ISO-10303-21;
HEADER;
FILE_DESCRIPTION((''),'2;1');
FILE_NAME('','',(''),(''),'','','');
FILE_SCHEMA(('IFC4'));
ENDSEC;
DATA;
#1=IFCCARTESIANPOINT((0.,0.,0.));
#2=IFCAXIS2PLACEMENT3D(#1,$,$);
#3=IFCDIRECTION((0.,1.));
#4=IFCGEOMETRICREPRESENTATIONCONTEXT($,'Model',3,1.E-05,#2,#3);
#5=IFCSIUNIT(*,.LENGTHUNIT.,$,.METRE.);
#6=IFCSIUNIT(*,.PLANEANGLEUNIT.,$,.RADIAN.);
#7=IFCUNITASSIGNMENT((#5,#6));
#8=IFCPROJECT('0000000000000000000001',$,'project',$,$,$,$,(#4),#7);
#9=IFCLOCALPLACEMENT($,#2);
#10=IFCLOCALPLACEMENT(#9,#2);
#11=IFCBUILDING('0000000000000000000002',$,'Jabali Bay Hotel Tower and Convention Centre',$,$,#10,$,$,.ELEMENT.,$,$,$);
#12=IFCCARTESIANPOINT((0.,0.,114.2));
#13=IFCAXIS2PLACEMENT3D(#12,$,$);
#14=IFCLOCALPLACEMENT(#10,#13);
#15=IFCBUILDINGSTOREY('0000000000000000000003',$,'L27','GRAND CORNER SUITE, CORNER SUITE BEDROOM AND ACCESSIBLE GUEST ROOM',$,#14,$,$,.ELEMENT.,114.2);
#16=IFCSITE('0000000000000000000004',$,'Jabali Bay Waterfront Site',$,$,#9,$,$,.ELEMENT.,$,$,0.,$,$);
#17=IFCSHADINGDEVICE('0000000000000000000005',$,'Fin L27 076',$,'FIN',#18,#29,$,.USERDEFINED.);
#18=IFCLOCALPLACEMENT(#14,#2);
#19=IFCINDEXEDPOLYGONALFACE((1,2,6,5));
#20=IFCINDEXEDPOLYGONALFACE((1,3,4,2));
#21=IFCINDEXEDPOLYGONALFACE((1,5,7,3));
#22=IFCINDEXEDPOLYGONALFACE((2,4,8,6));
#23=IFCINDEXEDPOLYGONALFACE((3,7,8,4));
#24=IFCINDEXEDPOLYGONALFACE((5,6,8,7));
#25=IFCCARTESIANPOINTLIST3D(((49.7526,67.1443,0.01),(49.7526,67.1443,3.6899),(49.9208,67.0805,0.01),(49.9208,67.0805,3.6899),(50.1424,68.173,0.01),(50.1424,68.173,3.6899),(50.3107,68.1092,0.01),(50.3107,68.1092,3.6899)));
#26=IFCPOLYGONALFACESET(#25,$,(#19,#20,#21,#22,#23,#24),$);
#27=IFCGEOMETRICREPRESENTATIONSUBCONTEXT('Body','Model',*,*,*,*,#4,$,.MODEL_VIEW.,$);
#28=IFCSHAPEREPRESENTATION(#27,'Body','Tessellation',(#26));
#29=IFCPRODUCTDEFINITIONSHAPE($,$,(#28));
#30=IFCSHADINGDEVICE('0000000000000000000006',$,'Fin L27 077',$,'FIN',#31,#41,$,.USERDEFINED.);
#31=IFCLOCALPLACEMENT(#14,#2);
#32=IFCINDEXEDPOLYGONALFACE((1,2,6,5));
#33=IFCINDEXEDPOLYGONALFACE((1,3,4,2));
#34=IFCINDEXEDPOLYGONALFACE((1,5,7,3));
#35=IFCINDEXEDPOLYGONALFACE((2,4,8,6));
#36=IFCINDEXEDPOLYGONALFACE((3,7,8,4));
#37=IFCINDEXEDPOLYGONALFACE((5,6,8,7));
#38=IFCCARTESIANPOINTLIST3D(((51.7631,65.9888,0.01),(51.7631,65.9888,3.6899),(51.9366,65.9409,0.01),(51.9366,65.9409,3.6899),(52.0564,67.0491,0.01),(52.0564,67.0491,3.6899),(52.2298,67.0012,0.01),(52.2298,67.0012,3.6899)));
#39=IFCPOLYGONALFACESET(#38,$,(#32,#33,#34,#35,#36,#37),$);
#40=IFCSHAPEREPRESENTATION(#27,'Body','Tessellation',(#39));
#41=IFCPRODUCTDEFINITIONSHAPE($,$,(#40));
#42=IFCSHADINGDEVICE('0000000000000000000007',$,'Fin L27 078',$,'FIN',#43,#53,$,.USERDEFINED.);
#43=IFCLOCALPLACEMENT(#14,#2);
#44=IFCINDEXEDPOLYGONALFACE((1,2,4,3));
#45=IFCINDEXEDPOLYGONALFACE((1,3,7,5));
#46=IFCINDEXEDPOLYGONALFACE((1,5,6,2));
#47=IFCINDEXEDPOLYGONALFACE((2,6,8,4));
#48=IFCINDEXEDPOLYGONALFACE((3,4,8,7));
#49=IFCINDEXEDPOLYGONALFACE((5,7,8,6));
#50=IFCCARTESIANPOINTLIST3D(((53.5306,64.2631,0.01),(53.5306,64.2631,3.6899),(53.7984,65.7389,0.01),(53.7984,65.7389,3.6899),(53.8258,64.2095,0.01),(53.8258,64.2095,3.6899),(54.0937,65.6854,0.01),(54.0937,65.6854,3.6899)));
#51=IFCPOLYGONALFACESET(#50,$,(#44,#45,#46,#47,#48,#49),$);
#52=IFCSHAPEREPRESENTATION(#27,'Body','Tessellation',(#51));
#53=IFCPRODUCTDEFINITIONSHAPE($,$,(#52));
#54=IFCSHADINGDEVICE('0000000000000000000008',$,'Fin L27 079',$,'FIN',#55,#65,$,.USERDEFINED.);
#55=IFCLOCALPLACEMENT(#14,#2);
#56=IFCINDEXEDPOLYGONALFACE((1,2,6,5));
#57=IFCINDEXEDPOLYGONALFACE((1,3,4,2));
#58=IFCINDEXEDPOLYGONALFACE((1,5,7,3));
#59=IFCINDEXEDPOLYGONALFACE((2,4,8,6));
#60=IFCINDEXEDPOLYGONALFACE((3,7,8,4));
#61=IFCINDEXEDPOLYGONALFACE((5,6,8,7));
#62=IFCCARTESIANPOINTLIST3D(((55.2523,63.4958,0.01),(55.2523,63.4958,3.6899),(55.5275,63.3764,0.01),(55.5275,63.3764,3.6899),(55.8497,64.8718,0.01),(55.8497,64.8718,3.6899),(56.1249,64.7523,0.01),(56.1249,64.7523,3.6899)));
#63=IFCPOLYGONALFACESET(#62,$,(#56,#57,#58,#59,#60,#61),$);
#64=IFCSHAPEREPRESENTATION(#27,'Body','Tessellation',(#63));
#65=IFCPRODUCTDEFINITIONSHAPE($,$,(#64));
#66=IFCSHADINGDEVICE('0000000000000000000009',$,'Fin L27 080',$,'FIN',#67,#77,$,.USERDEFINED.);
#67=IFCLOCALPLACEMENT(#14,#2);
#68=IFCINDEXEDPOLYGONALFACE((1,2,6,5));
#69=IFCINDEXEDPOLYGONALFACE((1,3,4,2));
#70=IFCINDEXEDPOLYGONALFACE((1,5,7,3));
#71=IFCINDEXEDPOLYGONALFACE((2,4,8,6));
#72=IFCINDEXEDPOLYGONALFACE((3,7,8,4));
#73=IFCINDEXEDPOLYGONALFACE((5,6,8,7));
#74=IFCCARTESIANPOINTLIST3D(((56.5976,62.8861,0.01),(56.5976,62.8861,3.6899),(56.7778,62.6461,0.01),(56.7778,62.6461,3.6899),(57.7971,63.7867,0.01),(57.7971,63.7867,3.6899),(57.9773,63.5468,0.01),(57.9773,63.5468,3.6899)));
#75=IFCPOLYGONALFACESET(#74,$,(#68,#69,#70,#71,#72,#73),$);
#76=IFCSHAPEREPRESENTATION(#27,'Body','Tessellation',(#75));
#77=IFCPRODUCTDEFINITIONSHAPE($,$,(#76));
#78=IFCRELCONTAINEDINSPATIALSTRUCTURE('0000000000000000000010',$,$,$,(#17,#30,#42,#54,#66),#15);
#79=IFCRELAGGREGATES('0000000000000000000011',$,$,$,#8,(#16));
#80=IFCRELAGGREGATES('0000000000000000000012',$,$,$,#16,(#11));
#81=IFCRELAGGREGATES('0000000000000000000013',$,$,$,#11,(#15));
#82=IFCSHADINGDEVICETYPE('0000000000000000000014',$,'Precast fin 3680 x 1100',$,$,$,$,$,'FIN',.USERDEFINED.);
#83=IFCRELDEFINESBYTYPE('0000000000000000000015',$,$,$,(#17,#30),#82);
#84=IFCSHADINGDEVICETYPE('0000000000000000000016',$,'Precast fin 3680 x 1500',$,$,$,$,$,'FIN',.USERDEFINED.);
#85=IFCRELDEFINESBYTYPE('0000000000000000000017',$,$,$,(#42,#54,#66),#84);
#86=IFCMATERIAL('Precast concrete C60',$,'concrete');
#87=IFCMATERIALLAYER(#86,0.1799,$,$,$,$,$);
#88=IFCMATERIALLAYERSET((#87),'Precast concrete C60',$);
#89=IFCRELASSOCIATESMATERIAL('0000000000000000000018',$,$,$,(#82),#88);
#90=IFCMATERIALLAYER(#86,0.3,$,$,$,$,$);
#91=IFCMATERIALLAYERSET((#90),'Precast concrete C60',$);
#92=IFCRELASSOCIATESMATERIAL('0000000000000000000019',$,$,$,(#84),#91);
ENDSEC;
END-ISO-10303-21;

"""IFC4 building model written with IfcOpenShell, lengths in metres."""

from ifc_helpers import new_model, si_unit, direction, frame, frame_2d, origin, place, context, subcontext, project, spatial, rectangle, extrude, material, layer, layer_set, type_object, element, save


model = new_model("IFC4")

# Units and contexts
model_context = context("Model", 3, precision=1e-05, world=origin(), true_north=direction((0.0, 1.0)))
body_context = subcontext(model_context, "Body", "Model", "MODEL_VIEW")
ifc_project = project(units=[si_unit("LENGTHUNIT", "METRE"), si_unit("PLANEANGLEUNIT", "RADIAN")], contexts=[model_context])

# Site, building, storey
site_placement = place(None, origin())
site = spatial("IfcSite", under=ifc_project, at=site_placement, Name="Jabali Bay Waterfront Site", CompositionType="ELEMENT", RefElevation=0.0)
building_placement = place(site_placement, origin())
building = spatial("IfcBuilding", under=site, at=building_placement, Name="Jabali Bay Hotel Tower and Convention Centre", CompositionType="ELEMENT")
storey_placement = place(building_placement, frame((0.0, 0.0, 114.2)))
storey = spatial("IfcBuildingStorey", under=building, at=storey_placement, Name="L27", Description="GRAND CORNER SUITE, CORNER SUITE BEDROOM AND ACCESSIBLE GUEST ROOM", CompositionType="ELEMENT", Elevation=114.2)

# Shading devices
ifc_material_1 = material(Name="Precast concrete C60", Category="concrete")
ifc_layer_1 = layer(ifc_material_1, 0.1799)
ifc_layer_set_1 = layer_set([ifc_layer_1], Name="Precast concrete C60")
shading_device_type_1 = type_object("IfcShadingDeviceType", Name="Precast fin 3680 x 1100", ElementType="FIN", PredefinedType="USERDEFINED", material=ifc_layer_set_1)
for number, where, z_axis, x_axis, name in (
    (1, (50.2266, 68.1411, 0.01), (0.0, 0.0, 1.0), (-0.35438, -0.935102, 0.0), "Fin L27 076"),
    (2, (52.1431, 67.0251, 0.01), (0.0, 0.0, 1.0), (-0.266533, -0.963826, 0.0), "Fin L27 077"),
):
    element("IfcShadingDevice", number, at=place(storey_placement, frame(where, z_axis=z_axis, x_axis=x_axis)), inside=storey, type_object=shading_device_type_1, Name=name, ObjectType="FIN", PredefinedType="USERDEFINED", context=body_context, shape_type="SweptSolid", body=[
        extrude(rectangle(XDim=1.1001, YDim=0.1799, at=frame_2d((0.55, 0.0))), origin(), (0.0, 0.0, 1.0), 3.6799),
    ])
ifc_layer_2 = layer(ifc_material_1, 0.3)
ifc_layer_set_2 = layer_set([ifc_layer_2], Name="Precast concrete C60")
shading_device_type_2 = type_object("IfcShadingDeviceType", Name="Precast fin 3680 x 1500", ElementType="FIN", PredefinedType="USERDEFINED", material=ifc_layer_set_2)
for number, where, z_axis, x_axis, name in (
    (3, (53.946, 65.7122, 0.01), (0.0, 0.0, 1.0), (-0.178556, -0.98393, 0.0), "Fin L27 078"),
    (4, (55.9873, 64.812, 0.01), (0.0, 0.0, 1.0), (-0.398256, -0.917274, 0.0), "Fin L27 079"),
    (5, (57.8872, 63.6667, 0.01), (0.0, 0.0, 1.0), (-0.799668, -0.600443, 0.0), "Fin L27 080"),
):
    element("IfcShadingDevice", number, at=place(storey_placement, frame(where, z_axis=z_axis, x_axis=x_axis)), inside=storey, type_object=shading_device_type_2, Name=name, ObjectType="FIN", PredefinedType="USERDEFINED", context=body_context, shape_type="SweptSolid", body=[
        extrude(rectangle(XDim=1.5, YDim=0.3, at=frame_2d((0.75, 0.0))), origin(), (0.0, 0.0, 1.0), 3.6799),
    ])

save(model, "model.ifc")
